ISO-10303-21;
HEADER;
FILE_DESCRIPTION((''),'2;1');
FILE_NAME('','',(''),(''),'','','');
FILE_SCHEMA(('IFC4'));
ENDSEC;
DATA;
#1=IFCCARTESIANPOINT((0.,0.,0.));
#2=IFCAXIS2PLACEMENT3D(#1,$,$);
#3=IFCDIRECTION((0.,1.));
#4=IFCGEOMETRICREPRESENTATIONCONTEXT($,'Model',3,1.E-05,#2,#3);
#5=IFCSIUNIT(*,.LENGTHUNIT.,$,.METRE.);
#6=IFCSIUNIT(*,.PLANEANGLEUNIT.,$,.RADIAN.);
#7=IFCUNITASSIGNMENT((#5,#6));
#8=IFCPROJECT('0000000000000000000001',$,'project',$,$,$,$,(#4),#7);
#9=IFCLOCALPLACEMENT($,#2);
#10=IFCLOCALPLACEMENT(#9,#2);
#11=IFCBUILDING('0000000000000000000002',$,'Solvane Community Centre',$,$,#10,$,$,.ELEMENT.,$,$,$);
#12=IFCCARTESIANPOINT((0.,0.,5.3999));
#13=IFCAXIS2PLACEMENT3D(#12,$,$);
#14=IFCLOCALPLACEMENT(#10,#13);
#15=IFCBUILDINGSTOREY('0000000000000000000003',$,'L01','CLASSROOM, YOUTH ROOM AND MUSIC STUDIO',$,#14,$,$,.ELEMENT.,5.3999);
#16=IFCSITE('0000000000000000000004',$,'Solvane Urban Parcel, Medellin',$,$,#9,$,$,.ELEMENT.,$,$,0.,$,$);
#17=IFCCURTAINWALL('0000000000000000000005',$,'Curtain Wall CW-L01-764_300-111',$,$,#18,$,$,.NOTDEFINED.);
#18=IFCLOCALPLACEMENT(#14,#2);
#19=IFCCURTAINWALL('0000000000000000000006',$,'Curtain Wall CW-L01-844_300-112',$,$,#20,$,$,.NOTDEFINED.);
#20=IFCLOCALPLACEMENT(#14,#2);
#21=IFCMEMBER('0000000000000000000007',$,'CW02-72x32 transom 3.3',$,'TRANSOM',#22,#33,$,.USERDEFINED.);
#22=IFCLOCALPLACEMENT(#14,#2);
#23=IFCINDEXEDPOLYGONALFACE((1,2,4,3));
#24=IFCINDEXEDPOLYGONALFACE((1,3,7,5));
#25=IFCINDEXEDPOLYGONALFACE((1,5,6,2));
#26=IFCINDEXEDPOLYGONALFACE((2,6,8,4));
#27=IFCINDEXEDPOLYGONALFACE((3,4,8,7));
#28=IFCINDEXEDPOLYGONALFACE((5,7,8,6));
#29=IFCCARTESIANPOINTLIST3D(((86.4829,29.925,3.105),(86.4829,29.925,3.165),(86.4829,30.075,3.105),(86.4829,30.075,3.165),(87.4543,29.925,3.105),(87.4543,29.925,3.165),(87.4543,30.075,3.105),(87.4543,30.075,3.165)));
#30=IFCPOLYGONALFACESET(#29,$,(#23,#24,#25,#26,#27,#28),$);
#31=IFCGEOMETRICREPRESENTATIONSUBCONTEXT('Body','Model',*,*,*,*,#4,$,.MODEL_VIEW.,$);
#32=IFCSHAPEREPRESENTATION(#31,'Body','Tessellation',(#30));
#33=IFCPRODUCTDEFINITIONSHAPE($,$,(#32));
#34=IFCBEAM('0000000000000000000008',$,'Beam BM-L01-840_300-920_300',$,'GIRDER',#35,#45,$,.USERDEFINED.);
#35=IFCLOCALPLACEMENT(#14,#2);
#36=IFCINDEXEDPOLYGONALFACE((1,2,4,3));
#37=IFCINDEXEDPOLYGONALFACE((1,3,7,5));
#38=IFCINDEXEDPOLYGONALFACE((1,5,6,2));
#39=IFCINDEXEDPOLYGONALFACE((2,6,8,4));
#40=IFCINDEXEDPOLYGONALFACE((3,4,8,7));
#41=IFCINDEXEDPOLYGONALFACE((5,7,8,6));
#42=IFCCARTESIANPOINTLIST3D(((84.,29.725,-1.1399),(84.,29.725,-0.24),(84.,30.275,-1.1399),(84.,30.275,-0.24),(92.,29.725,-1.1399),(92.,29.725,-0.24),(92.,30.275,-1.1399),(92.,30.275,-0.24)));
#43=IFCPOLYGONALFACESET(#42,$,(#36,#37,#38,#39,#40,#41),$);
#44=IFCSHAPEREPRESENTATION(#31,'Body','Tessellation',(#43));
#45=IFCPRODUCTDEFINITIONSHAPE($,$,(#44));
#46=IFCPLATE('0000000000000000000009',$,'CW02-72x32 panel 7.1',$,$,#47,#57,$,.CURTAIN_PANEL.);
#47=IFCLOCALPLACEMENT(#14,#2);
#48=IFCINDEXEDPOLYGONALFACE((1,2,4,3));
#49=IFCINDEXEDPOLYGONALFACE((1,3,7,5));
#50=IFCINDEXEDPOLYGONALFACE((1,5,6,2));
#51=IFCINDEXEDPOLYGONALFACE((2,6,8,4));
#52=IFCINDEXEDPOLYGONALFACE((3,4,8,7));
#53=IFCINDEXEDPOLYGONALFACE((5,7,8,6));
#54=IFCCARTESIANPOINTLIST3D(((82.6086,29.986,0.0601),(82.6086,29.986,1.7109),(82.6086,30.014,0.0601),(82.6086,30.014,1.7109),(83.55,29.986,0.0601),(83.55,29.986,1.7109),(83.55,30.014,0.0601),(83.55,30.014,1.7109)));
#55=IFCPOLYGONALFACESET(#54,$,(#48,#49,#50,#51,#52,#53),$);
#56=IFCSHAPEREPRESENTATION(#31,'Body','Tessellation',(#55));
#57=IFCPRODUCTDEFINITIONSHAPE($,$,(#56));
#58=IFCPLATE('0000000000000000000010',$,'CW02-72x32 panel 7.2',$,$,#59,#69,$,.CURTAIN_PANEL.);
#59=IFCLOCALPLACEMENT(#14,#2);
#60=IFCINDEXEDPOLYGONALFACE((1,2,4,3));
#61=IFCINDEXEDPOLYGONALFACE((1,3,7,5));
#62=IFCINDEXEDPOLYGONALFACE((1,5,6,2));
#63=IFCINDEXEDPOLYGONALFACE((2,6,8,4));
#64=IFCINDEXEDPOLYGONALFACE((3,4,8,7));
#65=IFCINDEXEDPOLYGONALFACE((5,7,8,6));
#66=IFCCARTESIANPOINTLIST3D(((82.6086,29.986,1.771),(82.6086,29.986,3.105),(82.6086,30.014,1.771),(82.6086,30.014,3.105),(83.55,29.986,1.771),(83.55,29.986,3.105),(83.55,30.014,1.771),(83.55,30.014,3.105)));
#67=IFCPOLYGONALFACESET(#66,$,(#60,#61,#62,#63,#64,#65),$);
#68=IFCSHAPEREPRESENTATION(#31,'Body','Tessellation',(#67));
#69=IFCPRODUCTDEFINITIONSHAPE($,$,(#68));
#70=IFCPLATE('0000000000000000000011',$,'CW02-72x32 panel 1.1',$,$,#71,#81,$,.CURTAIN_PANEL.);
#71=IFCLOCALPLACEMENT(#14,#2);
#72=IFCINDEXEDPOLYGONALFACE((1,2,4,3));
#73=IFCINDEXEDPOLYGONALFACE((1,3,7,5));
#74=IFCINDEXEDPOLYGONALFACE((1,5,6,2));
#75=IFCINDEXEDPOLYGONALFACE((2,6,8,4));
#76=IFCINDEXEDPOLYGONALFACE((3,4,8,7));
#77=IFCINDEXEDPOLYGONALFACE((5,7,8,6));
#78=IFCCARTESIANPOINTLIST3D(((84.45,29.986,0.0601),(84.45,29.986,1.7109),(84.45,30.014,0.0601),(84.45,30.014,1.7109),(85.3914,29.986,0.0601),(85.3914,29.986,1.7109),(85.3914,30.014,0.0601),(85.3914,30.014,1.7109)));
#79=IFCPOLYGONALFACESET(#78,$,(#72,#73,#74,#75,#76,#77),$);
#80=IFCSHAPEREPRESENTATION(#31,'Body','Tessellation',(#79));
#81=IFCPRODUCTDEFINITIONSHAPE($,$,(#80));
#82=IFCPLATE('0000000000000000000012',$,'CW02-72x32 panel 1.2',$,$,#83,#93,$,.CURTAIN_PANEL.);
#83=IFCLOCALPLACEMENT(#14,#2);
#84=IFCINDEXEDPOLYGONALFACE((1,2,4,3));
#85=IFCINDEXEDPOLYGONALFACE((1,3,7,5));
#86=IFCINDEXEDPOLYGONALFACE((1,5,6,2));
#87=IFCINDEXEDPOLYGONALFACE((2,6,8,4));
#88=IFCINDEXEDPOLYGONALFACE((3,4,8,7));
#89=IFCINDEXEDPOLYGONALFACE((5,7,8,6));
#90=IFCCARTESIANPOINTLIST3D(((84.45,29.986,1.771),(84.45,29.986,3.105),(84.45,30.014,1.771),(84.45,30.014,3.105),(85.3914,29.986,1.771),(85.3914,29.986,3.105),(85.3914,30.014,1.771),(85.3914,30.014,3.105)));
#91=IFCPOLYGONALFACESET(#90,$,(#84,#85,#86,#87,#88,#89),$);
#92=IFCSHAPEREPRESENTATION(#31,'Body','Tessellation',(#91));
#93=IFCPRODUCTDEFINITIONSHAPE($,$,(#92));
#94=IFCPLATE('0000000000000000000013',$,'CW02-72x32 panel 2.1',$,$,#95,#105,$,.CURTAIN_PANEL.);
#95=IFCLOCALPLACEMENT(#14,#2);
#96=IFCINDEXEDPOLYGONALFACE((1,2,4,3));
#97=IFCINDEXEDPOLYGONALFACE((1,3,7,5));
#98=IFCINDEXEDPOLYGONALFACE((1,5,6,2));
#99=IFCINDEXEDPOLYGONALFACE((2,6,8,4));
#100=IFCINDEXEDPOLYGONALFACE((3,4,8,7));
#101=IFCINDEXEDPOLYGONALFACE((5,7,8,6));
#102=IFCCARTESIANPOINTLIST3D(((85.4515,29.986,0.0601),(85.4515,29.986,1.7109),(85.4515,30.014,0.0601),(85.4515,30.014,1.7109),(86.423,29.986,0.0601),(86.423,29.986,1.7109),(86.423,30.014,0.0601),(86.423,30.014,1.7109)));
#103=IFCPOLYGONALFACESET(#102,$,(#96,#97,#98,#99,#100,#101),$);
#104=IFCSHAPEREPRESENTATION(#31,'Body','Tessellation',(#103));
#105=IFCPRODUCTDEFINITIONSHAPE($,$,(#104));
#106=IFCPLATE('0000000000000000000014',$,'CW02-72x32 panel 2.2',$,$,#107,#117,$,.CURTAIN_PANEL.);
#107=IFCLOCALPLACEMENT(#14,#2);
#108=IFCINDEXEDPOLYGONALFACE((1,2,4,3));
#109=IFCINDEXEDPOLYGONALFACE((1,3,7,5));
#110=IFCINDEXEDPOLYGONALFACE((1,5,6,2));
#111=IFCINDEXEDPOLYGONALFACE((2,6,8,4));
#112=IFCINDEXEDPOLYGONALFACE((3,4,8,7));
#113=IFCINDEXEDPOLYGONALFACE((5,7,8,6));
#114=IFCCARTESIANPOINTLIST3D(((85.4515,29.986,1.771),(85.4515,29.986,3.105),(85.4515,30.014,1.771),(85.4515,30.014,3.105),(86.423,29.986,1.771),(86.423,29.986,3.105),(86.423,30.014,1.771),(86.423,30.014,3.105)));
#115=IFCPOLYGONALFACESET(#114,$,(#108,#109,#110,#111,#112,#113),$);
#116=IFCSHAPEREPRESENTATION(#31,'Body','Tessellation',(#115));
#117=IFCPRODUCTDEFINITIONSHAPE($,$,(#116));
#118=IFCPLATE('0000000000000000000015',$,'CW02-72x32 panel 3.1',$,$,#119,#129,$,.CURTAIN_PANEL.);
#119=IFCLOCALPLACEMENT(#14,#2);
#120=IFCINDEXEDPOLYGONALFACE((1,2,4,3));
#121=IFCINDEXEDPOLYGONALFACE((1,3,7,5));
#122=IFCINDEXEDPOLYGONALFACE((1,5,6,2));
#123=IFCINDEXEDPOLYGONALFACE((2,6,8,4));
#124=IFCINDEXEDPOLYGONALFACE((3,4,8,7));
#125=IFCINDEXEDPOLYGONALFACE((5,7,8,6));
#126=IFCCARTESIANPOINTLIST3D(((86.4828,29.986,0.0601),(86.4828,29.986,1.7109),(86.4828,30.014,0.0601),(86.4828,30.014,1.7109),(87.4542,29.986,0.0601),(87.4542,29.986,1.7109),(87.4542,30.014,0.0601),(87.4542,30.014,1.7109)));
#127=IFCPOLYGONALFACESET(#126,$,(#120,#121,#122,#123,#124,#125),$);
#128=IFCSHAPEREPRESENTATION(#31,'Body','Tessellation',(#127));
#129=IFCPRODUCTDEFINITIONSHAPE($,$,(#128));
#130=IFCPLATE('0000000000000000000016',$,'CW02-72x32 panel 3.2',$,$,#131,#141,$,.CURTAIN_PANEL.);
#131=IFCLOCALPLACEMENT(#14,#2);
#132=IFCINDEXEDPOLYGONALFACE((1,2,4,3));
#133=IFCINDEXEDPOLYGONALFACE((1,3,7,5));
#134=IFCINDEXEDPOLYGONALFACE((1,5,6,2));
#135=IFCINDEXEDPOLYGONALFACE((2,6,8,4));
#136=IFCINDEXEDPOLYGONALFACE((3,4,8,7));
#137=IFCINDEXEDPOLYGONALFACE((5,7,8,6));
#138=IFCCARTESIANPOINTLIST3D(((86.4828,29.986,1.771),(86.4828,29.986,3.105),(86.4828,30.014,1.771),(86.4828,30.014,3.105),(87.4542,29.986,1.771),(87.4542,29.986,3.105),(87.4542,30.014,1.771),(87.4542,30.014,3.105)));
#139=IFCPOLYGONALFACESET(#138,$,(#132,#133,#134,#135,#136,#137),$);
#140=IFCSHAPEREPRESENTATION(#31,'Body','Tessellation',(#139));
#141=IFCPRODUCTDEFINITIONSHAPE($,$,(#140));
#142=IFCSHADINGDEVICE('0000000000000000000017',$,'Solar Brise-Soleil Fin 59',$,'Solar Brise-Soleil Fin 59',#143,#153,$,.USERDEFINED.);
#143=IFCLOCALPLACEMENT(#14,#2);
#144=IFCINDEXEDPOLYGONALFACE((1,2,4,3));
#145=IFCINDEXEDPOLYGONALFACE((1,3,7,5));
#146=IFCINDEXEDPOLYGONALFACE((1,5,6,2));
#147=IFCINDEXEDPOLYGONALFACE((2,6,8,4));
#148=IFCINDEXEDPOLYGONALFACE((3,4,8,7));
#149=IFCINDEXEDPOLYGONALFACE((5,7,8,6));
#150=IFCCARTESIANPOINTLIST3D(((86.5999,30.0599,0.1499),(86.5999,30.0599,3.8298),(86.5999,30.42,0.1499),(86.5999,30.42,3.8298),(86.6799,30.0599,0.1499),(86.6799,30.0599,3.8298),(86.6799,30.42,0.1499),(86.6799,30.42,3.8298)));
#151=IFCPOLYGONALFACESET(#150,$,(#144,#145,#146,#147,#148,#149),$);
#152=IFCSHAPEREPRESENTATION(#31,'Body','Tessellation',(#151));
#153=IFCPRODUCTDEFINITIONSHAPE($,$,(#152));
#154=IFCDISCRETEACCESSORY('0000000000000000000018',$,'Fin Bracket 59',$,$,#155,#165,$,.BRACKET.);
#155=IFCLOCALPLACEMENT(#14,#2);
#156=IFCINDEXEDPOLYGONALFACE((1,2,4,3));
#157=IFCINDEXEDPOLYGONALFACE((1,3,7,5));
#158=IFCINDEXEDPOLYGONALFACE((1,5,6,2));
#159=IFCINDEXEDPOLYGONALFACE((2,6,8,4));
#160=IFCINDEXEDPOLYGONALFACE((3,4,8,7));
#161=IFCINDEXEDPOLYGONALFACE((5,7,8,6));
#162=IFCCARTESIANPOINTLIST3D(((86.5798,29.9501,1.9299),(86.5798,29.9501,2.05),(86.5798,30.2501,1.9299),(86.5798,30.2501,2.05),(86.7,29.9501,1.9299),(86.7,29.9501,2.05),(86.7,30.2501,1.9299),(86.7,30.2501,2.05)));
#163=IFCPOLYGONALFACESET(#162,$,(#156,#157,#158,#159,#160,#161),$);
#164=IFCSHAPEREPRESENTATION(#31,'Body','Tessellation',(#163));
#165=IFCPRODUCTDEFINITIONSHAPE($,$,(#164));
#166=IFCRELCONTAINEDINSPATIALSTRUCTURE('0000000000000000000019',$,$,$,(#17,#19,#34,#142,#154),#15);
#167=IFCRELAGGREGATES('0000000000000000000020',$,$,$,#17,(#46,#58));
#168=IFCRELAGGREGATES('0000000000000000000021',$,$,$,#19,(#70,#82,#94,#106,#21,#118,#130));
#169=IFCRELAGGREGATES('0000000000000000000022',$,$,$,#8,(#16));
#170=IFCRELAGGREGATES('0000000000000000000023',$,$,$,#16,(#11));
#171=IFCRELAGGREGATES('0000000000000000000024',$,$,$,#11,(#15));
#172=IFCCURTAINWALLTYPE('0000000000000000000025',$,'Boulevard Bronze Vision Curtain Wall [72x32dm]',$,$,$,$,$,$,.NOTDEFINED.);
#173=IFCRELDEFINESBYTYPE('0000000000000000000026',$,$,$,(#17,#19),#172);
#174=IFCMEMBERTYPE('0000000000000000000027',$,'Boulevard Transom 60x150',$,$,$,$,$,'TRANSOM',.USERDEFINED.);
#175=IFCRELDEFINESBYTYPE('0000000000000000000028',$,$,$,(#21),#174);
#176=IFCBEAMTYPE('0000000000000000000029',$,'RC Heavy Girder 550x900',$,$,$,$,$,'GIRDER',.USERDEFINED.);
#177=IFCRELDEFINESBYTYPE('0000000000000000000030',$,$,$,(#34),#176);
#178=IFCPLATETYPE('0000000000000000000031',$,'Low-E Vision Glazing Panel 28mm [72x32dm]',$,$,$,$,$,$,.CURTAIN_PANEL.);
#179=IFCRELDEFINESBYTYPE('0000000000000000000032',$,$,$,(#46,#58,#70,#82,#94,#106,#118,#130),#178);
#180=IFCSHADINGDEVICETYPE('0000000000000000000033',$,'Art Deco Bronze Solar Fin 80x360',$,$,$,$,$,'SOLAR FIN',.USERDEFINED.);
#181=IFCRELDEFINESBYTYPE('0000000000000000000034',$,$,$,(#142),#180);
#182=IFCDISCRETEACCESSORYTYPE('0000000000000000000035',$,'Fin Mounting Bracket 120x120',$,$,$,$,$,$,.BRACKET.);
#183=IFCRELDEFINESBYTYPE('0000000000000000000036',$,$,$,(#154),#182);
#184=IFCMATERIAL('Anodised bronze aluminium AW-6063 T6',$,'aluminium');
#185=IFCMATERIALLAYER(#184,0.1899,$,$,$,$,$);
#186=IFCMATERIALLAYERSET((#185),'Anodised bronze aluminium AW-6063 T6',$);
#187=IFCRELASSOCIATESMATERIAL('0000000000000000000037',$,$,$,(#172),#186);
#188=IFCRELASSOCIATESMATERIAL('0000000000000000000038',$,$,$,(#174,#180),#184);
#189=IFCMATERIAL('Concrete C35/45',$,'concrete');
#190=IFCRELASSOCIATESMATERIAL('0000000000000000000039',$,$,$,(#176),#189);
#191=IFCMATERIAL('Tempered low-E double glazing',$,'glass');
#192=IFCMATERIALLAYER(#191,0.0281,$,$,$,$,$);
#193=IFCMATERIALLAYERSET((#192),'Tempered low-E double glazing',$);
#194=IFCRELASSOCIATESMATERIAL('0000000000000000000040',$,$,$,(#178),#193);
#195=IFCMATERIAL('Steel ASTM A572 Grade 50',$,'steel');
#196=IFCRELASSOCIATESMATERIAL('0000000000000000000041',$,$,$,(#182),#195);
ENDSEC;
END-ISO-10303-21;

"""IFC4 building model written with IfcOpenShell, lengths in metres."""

from ifc_helpers import new_model, si_unit, direction, frame, origin, origin_2d, place, context, subcontext, project, spatial, rectangle, extrude, material, layer, layer_set, material_profile, profile_set, type_object, element, aggregate, save


model = new_model("IFC4")

# Units and contexts
model_context = context("Model", 3, precision=1e-05, world=origin(), true_north=direction((0.0, 1.0)))
body_context = subcontext(model_context, "Body", "Model", "MODEL_VIEW")
ifc_project = project(units=[si_unit("LENGTHUNIT", "METRE"), si_unit("PLANEANGLEUNIT", "RADIAN")], contexts=[model_context])

# Site, building, storey
site_placement = place(None, origin())
site = spatial("IfcSite", under=ifc_project, at=site_placement, Name="Solvane Urban Parcel, Medellin", CompositionType="ELEMENT", RefElevation=0.0)
building_placement = place(site_placement, origin())
building = spatial("IfcBuilding", under=site, at=building_placement, Name="Solvane Community Centre", CompositionType="ELEMENT")
storey_placement = place(building_placement, frame((0.0, 0.0, 5.3999)))
storey = spatial("IfcBuildingStorey", under=building, at=storey_placement, Name="L01", Description="CLASSROOM, YOUTH ROOM AND MUSIC STUDIO", CompositionType="ELEMENT", Elevation=5.3999)

# Shared definitions
ifc_material_1 = material(Name="Concrete C35/45", Category="concrete")

# Curtain wall
ifc_material_2 = material(Name="Anodised bronze aluminium AW-6063 T6", Category="aluminium")
ifc_layer_1 = layer(ifc_material_2, 0.1899)
ifc_layer_set_1 = layer_set([ifc_layer_1], Name="Anodised bronze aluminium AW-6063 T6")
curtain_wall_type = type_object("IfcCurtainWallType", Name="Boulevard Bronze Vision Curtain Wall [72x32dm]", PredefinedType="NOTDEFINED", material=ifc_layer_set_1)
curtain_wall_1_placement = place(storey_placement, origin())
curtain_wall_1 = element("IfcCurtainWall", 1, at=curtain_wall_1_placement, inside=storey, type_object=curtain_wall_type, Name="Curtain Wall CW-L01-764_300-111", PredefinedType="NOTDEFINED")

# Curtain wall, member
curtain_wall_2_placement = place(storey_placement, origin())
curtain_wall_2 = element("IfcCurtainWall", 2, at=curtain_wall_2_placement, inside=storey, type_object=curtain_wall_type, Name="Curtain Wall CW-L01-844_300-112", PredefinedType="NOTDEFINED")
ifc_material_profile_1 = material_profile(ifc_material_2, rectangle(XDim=0.1499, YDim=0.0601, at=origin_2d()), Name="CW-T 60x150")
ifc_profile_set_1 = profile_set([ifc_material_profile_1], Name="Anodised bronze aluminium AW-6063 T6")
member_type_1 = type_object("IfcMemberType", Name="Boulevard Transom 60x150", ElementType="TRANSOM", PredefinedType="USERDEFINED", material=ifc_profile_set_1)
member_1_placement = place(storey_placement, frame((86.4829, 30.0, 3.135), z_axis=(1.0, 0.0, 0.0), x_axis=(0.0, 1.0, 0.0)))
member_1 = element("IfcMember", 3, at=member_1_placement, type_object=member_type_1, Name="CW02-72x32 transom 3.3", ObjectType="TRANSOM", PredefinedType="USERDEFINED", context=body_context, shape_type="SweptSolid", body=[
    extrude(rectangle(XDim=0.1499, YDim=0.0601, at=origin_2d()), origin(), (0.0, 0.0, 1.0), 0.9714),
])

# Beam
ifc_material_profile_2 = material_profile(ifc_material_1, rectangle(XDim=0.55, YDim=0.8999, at=origin_2d()), Name="RC 550x900")
ifc_profile_set_2 = profile_set([ifc_material_profile_2], Name="Concrete C35/45")
beam_type = type_object("IfcBeamType", Name="RC Heavy Girder 550x900", ElementType="GIRDER", PredefinedType="USERDEFINED", material=ifc_profile_set_2)
beam_placement = place(storey_placement, frame((84.0, 30.0, -0.6899), z_axis=(1.0, 0.0, 0.0), x_axis=(0.0, 1.0, 0.0)))
element("IfcBeam", 4, at=beam_placement, inside=storey, type_object=beam_type, Name="Beam BM-L01-840_300-920_300", ObjectType="GIRDER", PredefinedType="USERDEFINED", context=body_context, shape_type="SweptSolid", body=[
    extrude(rectangle(XDim=0.55, YDim=0.8999, at=origin_2d()), origin(), (0.0, 0.0, 1.0), 8.0),
])

# Plates
ifc_material_3 = material(Name="Tempered low-E double glazing", Category="glass")
ifc_layer_2 = layer(ifc_material_3, 0.0281)
ifc_layer_set_2 = layer_set([ifc_layer_2], Name="Tempered low-E double glazing")
plate_type = type_object("IfcPlateType", Name="Low-E Vision Glazing Panel 28mm [72x32dm]", PredefinedType="CURTAIN_PANEL", material=ifc_layer_set_2)
plate_1_placement = place(storey_placement, frame((83.0793, 30.0, 0.0601), z_axis=(0.0, 0.0, 1.0), x_axis=(1.0, 0.0, 0.0)))
plate_1 = element("IfcPlate", 5, at=plate_1_placement, type_object=plate_type, Name="CW02-72x32 panel 7.1", PredefinedType="CURTAIN_PANEL", context=body_context, shape_type="SweptSolid", body=[
    extrude(rectangle(XDim=0.9414, YDim=0.0281, at=origin_2d()), origin(), (0.0, 0.0, 1.0), 1.6509),
])
plate_2_placement = place(storey_placement, frame((83.0793, 30.0, 1.771), z_axis=(0.0, 0.0, 1.0), x_axis=(1.0, 0.0, 0.0)))
plate_2 = element("IfcPlate", 6, at=plate_2_placement, type_object=plate_type, Name="CW02-72x32 panel 7.2", PredefinedType="CURTAIN_PANEL", context=body_context, shape_type="SweptSolid", body=[
    extrude(rectangle(XDim=0.9414, YDim=0.0281, at=origin_2d()), origin(), (0.0, 0.0, 1.0), 1.334),
])
aggregate(curtain_wall_1, [plate_1, plate_2])
plate_3_placement = place(storey_placement, frame((84.9207, 30.0, 0.0601), z_axis=(0.0, 0.0, 1.0), x_axis=(1.0, 0.0, 0.0)))
plate_3 = element("IfcPlate", 7, at=plate_3_placement, type_object=plate_type, Name="CW02-72x32 panel 1.1", PredefinedType="CURTAIN_PANEL", context=body_context, shape_type="SweptSolid", body=[
    extrude(rectangle(XDim=0.9414, YDim=0.0281, at=origin_2d()), origin(), (0.0, 0.0, 1.0), 1.6509),
])
plate_4_placement = place(storey_placement, frame((84.9207, 30.0, 1.771), z_axis=(0.0, 0.0, 1.0), x_axis=(1.0, 0.0, 0.0)))
plate_4 = element("IfcPlate", 8, at=plate_4_placement, type_object=plate_type, Name="CW02-72x32 panel 1.2", PredefinedType="CURTAIN_PANEL", context=body_context, shape_type="SweptSolid", body=[
    extrude(rectangle(XDim=0.9414, YDim=0.0281, at=origin_2d()), origin(), (0.0, 0.0, 1.0), 1.334),
])
plate_5_placement = place(storey_placement, frame((85.9373, 30.0, 0.0601), z_axis=(0.0, 0.0, 1.0), x_axis=(1.0, 0.0, 0.0)))
plate_5 = element("IfcPlate", 9, at=plate_5_placement, type_object=plate_type, Name="CW02-72x32 panel 2.1", PredefinedType="CURTAIN_PANEL", context=body_context, shape_type="SweptSolid", body=[
    extrude(rectangle(XDim=0.9714, YDim=0.0281, at=origin_2d()), origin(), (0.0, 0.0, 1.0), 1.6509),
])
plate_6_placement = place(storey_placement, frame((85.9373, 30.0, 1.771), z_axis=(0.0, 0.0, 1.0), x_axis=(1.0, 0.0, 0.0)))
plate_6 = element("IfcPlate", 10, at=plate_6_placement, type_object=plate_type, Name="CW02-72x32 panel 2.2", PredefinedType="CURTAIN_PANEL", context=body_context, shape_type="SweptSolid", body=[
    extrude(rectangle(XDim=0.9714, YDim=0.0281, at=origin_2d()), origin(), (0.0, 0.0, 1.0), 1.334),
])
plate_7_placement = place(storey_placement, frame((86.9685, 30.0, 0.0601), z_axis=(0.0, 0.0, 1.0), x_axis=(1.0, 0.0, 0.0)))
plate_7 = element("IfcPlate", 11, at=plate_7_placement, type_object=plate_type, Name="CW02-72x32 panel 3.1", PredefinedType="CURTAIN_PANEL", context=body_context, shape_type="SweptSolid", body=[
    extrude(rectangle(XDim=0.9714, YDim=0.0281, at=origin_2d()), origin(), (0.0, 0.0, 1.0), 1.6509),
])
plate_8_placement = place(storey_placement, frame((86.9685, 30.0, 1.771), z_axis=(0.0, 0.0, 1.0), x_axis=(1.0, 0.0, 0.0)))
plate_8 = element("IfcPlate", 12, at=plate_8_placement, type_object=plate_type, Name="CW02-72x32 panel 3.2", PredefinedType="CURTAIN_PANEL", context=body_context, shape_type="SweptSolid", body=[
    extrude(rectangle(XDim=0.9714, YDim=0.0281, at=origin_2d()), origin(), (0.0, 0.0, 1.0), 1.334),
])
aggregate(curtain_wall_2, [plate_3, plate_4, plate_5, plate_6, member_1, plate_7, plate_8])

# Shading device
shading_device_type = type_object("IfcShadingDeviceType", Name="Art Deco Bronze Solar Fin 80x360", ElementType="SOLAR FIN", PredefinedType="USERDEFINED", material=ifc_material_2)
shading_device_placement = place(storey_placement, frame((86.6399, 30.24, 0.1499), z_axis=(0.0, 0.0, 1.0), x_axis=(1.0, 0.0, 0.0)))
element("IfcShadingDevice", 13, at=shading_device_placement, inside=storey, type_object=shading_device_type, Name="Solar Brise-Soleil Fin 59", ObjectType="Solar Brise-Soleil Fin 59", PredefinedType="USERDEFINED", context=body_context, shape_type="SweptSolid", body=[
    extrude(rectangle(XDim=0.0801, YDim=0.3601, at=origin_2d()), origin(), (0.0, 0.0, 1.0), 3.6799),
])

# Discrete accessory
ifc_material_4 = material(Name="Steel ASTM A572 Grade 50", Category="steel")
discrete_accessory_type = type_object("IfcDiscreteAccessoryType", Name="Fin Mounting Bracket 120x120", PredefinedType="BRACKET", material=ifc_material_4)
discrete_accessory_placement = place(storey_placement, frame((86.6399, 30.1001, 1.9299), z_axis=(0.0, 0.0, 1.0), x_axis=(1.0, 0.0, 0.0)))
element("IfcDiscreteAccessory", 14, at=discrete_accessory_placement, inside=storey, type_object=discrete_accessory_type, Name="Fin Bracket 59", PredefinedType="BRACKET", context=body_context, shape_type="SweptSolid", body=[
    extrude(rectangle(XDim=0.1201, YDim=0.3, at=origin_2d()), origin(), (0.0, 0.0, 1.0), 0.1201),
])

save(model, "model.ifc")
